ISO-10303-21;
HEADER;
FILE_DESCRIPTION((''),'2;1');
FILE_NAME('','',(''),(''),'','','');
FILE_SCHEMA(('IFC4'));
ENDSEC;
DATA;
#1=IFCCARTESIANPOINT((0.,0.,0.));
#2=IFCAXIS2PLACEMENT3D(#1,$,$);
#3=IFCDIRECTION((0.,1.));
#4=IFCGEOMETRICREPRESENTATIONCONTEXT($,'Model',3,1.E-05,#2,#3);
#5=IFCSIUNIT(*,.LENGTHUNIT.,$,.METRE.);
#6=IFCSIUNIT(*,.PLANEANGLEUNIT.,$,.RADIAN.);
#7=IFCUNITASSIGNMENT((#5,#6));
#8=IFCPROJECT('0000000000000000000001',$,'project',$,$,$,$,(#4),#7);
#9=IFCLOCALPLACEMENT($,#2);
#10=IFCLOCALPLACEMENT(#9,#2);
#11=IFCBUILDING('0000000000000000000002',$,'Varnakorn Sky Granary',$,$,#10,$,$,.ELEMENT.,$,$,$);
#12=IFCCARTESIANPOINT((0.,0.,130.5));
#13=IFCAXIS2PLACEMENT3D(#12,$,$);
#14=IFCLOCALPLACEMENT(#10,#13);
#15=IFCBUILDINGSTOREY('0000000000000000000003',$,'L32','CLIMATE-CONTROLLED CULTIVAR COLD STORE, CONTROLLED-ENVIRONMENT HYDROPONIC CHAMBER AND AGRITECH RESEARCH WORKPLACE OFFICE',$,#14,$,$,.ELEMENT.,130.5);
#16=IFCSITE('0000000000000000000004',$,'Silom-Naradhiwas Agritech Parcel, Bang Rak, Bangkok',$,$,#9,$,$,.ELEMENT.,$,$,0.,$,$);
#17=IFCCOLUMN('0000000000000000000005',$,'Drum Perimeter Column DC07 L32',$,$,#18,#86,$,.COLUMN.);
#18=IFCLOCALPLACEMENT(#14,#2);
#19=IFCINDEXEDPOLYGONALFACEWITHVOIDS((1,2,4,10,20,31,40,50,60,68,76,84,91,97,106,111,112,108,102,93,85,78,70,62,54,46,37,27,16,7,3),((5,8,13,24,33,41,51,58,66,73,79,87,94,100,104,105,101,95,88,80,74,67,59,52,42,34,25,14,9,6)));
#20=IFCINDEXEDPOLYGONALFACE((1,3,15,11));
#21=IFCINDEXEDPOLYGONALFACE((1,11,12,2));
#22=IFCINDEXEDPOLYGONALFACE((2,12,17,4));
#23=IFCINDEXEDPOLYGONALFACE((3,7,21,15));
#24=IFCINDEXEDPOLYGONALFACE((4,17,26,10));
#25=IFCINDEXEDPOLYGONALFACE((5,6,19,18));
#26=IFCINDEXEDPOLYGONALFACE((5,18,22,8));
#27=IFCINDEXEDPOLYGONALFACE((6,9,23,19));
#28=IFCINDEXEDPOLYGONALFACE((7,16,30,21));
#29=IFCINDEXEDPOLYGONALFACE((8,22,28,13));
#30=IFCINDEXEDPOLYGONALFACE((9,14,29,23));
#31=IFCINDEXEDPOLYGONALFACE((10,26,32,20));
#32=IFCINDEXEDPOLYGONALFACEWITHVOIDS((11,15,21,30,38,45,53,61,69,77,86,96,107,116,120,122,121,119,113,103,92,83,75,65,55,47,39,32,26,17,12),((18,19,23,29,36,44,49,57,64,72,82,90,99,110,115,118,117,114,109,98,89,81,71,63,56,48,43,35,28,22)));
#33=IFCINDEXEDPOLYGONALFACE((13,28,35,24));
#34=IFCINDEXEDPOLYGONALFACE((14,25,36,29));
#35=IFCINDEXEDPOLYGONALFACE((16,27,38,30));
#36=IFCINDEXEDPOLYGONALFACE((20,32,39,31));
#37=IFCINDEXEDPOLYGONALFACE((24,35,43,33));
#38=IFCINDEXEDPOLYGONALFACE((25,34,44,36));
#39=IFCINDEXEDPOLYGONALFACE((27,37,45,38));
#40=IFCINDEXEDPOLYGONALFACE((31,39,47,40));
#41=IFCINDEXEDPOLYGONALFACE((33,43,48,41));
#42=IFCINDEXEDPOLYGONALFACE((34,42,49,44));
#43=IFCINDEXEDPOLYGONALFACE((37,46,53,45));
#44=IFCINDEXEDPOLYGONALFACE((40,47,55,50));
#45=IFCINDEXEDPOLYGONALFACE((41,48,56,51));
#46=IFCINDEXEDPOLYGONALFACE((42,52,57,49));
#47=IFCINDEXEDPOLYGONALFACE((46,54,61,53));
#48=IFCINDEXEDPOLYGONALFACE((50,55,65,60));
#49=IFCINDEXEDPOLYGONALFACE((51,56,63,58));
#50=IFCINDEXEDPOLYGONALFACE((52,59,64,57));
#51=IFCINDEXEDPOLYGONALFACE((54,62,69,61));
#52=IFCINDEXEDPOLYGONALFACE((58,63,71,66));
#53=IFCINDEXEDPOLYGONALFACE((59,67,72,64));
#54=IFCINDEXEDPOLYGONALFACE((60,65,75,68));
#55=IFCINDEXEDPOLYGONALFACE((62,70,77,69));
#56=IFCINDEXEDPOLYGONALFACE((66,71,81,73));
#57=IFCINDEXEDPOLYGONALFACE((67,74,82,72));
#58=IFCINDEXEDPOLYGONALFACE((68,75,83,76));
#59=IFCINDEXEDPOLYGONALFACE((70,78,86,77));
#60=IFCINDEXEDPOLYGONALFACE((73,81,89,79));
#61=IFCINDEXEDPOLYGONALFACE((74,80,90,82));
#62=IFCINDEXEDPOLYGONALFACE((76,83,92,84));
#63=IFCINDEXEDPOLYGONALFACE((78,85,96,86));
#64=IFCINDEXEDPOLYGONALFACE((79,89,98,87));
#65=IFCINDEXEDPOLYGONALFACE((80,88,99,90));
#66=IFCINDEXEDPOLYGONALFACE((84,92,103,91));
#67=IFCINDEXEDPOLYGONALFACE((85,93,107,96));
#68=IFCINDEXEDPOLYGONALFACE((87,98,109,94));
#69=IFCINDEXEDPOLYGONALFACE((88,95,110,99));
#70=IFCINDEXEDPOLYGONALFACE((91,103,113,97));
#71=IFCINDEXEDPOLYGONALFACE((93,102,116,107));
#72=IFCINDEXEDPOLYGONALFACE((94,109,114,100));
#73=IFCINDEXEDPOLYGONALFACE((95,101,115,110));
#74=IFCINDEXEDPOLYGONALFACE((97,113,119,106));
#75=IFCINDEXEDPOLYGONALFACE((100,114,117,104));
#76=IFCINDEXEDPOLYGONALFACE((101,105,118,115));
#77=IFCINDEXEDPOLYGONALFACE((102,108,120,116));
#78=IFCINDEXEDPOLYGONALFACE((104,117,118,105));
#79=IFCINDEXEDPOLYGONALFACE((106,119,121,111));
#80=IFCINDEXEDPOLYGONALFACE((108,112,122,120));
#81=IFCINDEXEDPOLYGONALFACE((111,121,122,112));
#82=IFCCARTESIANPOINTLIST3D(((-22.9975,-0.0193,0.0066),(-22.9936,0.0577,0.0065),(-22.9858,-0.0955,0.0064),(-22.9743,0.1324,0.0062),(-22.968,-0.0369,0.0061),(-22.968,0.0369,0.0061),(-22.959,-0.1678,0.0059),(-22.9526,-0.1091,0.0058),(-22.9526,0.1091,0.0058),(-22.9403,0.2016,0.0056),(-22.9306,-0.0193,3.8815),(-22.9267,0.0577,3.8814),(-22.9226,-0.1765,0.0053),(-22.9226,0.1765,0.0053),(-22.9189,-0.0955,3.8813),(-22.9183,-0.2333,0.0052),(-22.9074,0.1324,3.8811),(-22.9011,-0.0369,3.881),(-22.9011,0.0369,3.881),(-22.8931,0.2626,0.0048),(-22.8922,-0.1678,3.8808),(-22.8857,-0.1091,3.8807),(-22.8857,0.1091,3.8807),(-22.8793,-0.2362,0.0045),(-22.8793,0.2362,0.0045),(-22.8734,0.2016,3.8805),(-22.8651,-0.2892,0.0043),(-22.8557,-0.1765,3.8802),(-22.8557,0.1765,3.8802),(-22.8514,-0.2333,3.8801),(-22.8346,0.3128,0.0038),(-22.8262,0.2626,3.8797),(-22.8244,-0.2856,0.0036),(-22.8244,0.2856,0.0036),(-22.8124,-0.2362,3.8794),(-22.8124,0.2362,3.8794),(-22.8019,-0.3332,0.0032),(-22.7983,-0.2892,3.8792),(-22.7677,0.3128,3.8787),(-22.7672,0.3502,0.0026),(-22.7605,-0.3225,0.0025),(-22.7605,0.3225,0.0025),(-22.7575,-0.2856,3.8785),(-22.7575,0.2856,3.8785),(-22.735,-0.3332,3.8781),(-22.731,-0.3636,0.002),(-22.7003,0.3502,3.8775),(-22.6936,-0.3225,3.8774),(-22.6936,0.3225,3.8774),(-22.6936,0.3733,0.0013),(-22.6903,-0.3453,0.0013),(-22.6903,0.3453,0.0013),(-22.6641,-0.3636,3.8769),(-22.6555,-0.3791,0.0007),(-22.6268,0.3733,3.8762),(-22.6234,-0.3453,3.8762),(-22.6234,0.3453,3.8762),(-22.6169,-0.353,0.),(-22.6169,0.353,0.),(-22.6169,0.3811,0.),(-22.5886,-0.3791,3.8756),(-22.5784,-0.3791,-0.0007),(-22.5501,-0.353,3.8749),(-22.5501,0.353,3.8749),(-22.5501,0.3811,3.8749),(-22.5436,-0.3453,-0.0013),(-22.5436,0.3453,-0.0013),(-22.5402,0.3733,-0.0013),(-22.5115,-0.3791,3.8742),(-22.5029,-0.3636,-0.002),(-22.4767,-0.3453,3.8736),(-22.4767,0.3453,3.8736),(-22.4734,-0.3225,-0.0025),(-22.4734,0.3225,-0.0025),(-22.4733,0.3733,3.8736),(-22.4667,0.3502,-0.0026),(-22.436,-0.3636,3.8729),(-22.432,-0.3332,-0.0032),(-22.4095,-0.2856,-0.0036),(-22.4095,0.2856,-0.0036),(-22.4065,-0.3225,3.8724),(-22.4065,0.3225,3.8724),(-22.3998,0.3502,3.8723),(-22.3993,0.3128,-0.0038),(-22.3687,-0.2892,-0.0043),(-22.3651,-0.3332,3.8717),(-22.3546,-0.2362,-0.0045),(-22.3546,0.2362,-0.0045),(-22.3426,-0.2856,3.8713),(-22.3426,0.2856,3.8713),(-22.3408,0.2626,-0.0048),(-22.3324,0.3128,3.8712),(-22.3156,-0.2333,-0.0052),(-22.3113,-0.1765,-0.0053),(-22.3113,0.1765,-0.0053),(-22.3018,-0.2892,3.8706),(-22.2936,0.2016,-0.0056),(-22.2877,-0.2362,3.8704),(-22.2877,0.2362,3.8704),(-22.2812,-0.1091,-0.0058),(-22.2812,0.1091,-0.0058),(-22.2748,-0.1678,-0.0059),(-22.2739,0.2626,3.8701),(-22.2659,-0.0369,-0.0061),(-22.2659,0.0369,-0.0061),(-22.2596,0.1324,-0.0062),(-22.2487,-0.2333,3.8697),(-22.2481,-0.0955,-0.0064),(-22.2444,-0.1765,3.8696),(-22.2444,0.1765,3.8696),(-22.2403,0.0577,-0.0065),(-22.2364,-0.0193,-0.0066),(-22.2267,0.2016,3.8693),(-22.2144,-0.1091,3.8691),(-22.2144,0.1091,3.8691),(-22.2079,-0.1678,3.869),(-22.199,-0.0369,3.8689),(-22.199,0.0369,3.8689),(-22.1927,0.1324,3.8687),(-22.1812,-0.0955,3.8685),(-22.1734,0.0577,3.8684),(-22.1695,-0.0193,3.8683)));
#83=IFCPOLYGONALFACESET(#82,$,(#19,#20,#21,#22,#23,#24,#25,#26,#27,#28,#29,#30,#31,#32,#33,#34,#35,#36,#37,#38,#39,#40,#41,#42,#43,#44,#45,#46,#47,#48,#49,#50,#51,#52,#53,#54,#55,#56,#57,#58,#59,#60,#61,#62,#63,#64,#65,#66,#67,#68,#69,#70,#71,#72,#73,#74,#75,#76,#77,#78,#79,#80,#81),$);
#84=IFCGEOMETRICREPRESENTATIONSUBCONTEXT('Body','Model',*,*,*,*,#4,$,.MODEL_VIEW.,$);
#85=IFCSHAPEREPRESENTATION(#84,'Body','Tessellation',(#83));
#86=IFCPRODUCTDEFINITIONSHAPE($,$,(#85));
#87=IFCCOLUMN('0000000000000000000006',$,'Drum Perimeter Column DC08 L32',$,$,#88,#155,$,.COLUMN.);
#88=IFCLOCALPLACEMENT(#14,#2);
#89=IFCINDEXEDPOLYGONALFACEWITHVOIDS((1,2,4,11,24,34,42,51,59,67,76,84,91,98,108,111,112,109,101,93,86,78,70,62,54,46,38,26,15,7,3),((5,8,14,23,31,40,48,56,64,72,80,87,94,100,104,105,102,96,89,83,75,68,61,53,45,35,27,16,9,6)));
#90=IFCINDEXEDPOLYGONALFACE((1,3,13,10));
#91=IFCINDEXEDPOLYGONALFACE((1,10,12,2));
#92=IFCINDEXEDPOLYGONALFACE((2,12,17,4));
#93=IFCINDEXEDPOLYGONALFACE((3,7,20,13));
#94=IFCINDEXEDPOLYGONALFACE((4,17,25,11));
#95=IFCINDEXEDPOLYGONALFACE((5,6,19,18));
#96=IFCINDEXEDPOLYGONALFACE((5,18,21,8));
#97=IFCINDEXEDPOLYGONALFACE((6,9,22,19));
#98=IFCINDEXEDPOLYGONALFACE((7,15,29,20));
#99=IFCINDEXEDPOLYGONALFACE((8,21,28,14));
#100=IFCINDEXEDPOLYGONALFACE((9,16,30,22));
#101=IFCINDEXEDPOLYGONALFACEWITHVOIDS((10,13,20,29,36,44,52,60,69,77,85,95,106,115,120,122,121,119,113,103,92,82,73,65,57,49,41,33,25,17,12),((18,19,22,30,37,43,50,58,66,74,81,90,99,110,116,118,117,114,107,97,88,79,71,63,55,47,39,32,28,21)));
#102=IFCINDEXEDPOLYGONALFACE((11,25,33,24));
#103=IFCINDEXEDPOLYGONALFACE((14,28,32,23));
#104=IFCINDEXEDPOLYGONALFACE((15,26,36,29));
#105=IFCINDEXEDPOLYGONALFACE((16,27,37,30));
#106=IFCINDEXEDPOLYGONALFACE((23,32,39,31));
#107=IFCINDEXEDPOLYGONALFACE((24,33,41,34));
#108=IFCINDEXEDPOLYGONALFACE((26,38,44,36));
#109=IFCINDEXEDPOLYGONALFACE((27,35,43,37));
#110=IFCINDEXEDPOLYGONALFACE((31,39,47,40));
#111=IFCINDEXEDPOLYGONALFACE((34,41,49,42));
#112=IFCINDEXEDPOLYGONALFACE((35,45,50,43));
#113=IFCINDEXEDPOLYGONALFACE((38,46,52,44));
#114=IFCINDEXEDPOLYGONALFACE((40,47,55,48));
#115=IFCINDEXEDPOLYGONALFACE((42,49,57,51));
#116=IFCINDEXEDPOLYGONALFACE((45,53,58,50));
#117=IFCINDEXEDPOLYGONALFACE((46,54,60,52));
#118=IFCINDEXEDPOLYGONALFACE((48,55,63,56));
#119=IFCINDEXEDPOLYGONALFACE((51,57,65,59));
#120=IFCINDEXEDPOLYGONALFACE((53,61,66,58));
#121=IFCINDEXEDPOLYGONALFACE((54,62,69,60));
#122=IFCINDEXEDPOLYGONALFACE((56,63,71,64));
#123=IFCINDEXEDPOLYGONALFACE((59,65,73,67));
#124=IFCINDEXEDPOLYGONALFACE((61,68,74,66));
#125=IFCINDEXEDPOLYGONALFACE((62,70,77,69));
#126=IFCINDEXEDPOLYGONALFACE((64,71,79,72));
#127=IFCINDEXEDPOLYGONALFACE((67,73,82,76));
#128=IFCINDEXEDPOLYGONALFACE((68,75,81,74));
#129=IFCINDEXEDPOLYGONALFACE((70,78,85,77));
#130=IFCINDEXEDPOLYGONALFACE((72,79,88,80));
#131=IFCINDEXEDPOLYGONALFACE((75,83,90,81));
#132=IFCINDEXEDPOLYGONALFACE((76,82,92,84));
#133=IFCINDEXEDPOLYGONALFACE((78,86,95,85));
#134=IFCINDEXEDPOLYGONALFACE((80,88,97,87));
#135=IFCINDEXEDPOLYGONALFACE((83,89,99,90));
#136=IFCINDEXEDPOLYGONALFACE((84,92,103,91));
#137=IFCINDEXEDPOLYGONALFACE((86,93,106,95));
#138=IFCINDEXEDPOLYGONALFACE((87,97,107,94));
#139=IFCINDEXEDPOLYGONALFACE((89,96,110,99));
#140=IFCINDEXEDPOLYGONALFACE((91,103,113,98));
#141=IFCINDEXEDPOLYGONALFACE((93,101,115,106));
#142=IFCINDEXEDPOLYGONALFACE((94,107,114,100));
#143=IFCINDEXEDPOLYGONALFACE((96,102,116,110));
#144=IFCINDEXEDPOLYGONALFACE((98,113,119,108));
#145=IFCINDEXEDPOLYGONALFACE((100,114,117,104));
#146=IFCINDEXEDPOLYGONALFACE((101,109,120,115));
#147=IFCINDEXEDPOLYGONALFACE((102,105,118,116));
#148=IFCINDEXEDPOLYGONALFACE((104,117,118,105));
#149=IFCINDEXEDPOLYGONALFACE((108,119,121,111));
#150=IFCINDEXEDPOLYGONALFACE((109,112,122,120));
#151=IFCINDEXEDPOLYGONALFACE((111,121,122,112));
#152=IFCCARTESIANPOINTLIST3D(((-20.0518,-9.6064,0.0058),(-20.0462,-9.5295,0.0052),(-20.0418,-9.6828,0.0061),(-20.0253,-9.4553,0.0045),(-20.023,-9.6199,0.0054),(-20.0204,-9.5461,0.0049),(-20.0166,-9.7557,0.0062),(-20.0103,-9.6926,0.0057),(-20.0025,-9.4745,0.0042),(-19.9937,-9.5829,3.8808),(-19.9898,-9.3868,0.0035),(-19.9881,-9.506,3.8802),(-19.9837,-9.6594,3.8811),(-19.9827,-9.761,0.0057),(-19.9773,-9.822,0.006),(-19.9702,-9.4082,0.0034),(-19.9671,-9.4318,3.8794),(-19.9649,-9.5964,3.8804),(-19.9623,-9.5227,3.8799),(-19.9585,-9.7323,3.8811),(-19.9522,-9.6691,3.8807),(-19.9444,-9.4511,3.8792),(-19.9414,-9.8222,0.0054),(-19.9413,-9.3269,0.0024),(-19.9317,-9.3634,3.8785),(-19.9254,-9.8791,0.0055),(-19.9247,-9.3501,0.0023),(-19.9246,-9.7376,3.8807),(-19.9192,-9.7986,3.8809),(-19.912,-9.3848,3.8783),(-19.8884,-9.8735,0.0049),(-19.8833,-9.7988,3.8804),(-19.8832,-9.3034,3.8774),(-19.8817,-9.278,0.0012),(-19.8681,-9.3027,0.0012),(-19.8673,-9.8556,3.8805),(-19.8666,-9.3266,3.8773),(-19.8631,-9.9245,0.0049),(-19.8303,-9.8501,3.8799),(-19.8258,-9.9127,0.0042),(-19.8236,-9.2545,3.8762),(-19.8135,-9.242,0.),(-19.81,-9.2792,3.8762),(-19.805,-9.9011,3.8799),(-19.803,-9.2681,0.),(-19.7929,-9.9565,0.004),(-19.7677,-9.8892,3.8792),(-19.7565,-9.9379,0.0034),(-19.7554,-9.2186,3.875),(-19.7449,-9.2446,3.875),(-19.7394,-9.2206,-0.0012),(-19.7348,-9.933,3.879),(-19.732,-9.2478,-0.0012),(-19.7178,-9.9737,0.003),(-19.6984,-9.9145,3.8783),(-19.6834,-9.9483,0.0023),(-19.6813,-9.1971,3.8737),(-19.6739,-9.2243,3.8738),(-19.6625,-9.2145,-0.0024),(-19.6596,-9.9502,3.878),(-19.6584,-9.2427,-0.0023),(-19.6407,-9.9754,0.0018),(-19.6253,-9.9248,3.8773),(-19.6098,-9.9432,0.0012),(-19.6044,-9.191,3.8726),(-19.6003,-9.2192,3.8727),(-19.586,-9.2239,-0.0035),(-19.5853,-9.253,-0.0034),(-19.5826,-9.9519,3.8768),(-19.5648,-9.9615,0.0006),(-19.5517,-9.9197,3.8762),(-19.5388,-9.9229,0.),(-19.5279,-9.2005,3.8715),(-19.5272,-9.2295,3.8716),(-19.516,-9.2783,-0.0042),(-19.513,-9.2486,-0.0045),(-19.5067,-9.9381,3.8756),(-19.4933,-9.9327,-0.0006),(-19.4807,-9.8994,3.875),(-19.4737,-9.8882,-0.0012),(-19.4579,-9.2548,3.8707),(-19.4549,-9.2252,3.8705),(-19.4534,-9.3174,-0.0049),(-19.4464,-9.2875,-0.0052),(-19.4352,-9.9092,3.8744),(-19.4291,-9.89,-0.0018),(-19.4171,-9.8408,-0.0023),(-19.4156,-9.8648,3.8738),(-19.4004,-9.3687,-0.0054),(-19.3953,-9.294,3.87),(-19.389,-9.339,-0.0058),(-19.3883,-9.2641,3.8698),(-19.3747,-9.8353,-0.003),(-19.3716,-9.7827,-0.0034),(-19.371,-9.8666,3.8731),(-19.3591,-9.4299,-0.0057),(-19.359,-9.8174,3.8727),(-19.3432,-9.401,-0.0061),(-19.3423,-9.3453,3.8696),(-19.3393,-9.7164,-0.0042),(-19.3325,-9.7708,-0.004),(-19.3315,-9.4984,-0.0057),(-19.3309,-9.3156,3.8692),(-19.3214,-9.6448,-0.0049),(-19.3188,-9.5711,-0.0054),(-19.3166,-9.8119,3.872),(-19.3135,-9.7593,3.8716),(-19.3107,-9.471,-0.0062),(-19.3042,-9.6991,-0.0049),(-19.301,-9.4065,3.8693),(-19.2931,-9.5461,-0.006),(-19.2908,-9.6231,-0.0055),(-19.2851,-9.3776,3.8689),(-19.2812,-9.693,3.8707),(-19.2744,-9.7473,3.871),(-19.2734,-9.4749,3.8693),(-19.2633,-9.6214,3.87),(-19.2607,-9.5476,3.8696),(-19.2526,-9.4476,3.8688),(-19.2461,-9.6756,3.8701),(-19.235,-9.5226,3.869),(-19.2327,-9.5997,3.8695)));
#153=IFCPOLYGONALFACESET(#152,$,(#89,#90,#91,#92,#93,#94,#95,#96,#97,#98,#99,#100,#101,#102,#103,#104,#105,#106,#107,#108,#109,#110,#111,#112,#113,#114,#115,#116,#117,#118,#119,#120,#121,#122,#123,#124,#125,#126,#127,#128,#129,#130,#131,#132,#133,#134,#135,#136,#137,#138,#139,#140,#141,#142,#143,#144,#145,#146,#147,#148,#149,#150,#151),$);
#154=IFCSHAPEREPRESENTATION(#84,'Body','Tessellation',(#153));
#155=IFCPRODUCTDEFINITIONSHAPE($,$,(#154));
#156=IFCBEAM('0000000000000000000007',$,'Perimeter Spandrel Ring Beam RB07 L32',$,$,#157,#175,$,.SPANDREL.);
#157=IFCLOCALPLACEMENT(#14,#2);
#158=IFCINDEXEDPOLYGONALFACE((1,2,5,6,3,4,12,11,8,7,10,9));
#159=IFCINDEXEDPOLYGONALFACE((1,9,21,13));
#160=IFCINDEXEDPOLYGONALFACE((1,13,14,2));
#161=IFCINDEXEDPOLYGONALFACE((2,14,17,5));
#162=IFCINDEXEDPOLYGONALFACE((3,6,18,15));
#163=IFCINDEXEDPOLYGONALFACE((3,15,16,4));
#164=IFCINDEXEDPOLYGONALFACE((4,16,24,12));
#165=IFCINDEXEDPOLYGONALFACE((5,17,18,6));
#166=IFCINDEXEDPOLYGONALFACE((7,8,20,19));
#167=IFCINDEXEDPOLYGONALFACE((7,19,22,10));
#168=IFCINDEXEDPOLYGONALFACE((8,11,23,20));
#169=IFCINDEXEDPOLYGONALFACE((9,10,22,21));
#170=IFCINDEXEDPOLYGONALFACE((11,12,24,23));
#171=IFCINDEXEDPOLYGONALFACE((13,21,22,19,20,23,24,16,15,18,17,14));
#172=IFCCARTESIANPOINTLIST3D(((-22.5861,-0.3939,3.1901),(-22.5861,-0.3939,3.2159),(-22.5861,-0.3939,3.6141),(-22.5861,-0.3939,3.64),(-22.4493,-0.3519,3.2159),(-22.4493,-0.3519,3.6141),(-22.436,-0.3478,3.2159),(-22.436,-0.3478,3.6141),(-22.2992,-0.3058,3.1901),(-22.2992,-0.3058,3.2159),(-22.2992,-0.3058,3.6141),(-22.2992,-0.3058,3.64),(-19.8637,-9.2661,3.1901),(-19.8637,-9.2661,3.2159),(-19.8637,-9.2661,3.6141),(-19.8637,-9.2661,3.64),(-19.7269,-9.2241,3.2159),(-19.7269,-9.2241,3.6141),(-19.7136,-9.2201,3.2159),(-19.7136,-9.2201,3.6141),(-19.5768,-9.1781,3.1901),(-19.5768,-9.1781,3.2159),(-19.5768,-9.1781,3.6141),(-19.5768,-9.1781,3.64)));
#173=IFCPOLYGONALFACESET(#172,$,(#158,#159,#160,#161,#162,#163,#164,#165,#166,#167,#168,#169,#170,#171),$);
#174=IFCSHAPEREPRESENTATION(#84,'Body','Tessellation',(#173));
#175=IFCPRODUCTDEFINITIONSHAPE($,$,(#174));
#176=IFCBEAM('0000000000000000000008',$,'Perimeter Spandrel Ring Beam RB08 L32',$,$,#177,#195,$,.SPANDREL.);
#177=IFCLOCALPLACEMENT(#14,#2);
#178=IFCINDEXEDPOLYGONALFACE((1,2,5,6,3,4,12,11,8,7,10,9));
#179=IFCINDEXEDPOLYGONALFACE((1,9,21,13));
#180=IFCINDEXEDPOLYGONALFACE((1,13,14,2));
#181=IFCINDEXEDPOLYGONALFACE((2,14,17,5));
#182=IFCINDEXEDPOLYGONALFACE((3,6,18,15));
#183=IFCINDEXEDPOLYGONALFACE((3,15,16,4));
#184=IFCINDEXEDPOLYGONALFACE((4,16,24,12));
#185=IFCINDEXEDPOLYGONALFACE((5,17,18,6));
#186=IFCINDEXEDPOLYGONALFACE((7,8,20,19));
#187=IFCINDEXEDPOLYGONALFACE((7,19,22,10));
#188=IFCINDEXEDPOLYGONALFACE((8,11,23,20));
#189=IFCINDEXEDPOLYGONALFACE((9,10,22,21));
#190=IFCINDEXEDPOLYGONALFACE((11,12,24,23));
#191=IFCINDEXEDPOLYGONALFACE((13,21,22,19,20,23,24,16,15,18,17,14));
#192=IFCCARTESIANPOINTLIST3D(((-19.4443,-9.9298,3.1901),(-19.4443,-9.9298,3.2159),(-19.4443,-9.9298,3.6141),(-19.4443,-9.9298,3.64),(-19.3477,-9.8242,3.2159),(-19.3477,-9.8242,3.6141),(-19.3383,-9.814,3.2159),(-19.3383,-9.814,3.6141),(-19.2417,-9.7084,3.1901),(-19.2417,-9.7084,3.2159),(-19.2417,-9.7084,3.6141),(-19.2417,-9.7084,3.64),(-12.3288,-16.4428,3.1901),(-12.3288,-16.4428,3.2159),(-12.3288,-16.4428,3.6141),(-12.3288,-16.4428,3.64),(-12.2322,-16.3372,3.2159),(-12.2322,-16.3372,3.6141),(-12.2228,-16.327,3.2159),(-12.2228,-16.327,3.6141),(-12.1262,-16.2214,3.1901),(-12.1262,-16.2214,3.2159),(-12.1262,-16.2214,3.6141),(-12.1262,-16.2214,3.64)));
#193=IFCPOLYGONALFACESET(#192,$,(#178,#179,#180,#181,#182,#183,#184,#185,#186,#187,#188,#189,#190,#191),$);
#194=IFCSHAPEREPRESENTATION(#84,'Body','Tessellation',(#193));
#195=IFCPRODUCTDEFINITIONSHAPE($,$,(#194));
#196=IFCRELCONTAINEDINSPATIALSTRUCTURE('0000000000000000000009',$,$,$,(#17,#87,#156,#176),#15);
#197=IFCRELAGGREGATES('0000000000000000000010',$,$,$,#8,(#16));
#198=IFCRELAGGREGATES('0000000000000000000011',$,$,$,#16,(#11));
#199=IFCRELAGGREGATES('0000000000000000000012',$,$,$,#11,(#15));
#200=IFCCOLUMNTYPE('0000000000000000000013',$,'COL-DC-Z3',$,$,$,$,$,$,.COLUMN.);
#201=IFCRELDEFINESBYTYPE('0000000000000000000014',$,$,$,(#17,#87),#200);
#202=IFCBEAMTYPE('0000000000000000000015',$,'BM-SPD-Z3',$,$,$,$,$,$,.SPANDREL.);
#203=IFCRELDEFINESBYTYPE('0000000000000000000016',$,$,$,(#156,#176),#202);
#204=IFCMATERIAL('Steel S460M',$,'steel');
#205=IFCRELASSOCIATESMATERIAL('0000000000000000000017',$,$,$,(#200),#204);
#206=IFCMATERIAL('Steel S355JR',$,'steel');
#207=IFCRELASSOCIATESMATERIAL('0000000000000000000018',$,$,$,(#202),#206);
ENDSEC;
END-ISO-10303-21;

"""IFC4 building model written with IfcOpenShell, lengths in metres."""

from ifc_helpers import new_model, si_unit, direction, frame, origin, origin_2d, place, context, subcontext, project, spatial, hollow_circle, i_section, extrude, material, material_profile, profile_set, type_object, element, save


model = new_model("IFC4")

# Units and contexts
model_context = context("Model", 3, precision=1e-05, world=origin(), true_north=direction((0.0, 1.0)))
body_context = subcontext(model_context, "Body", "Model", "MODEL_VIEW")
ifc_project = project(units=[si_unit("LENGTHUNIT", "METRE"), si_unit("PLANEANGLEUNIT", "RADIAN")], contexts=[model_context])

# Site, building, storey
site_placement = place(None, origin())
site = spatial("IfcSite", under=ifc_project, at=site_placement, Name="Silom-Naradhiwas Agritech Parcel, Bang Rak, Bangkok", CompositionType="ELEMENT", RefElevation=0.0)
building_placement = place(site_placement, origin())
building = spatial("IfcBuilding", under=site, at=building_placement, Name="Varnakorn Sky Granary", CompositionType="ELEMENT")
storey_placement = place(building_placement, frame((0.0, 0.0, 130.5)))
storey = spatial("IfcBuildingStorey", under=building, at=storey_placement, Name="L32", Description="CLIMATE-CONTROLLED CULTIVAR COLD STORE, CONTROLLED-ENVIRONMENT HYDROPONIC CHAMBER AND AGRITECH RESEARCH WORKPLACE OFFICE", CompositionType="ELEMENT", Elevation=130.5)

# Columns
ifc_material_1 = material(Name="Steel S460M", Category="steel")
ifc_material_profile_1 = material_profile(ifc_material_1, hollow_circle(Radius=0.3811, WallThickness=0.0281, at=origin_2d()), Name="CHS 762x28")
ifc_profile_set_1 = profile_set([ifc_material_profile_1], Name="Steel S460M")
column_type = type_object("IfcColumnType", Name="COL-DC-Z3", PredefinedType="COLUMN", material=ifc_profile_set_1)
for number, where, z_axis, x_axis, name in (
    (1, (-22.6169, 0.0, 0.0), (0.017261, 0.0, 0.999851), (0.0, 1.0, 0.0), "Drum Perimeter Column DC07 L32"),
    (2, (-19.6709, -9.5955, 0.0), (0.014993, 0.006048, 0.999869), (-0.374076, 0.927398, 0.0), "Drum Perimeter Column DC08 L32"),
):
    element("IfcColumn", number, at=place(storey_placement, frame(where, z_axis=z_axis, x_axis=x_axis)), inside=storey, type_object=column_type, Name=name, PredefinedType="COLUMN", context=body_context, shape_type="SweptSolid", body=[
        extrude(hollow_circle(Radius=0.3811, WallThickness=0.0281, at=origin_2d()), origin(), (0.0, 0.0, 1.0), 3.8755),
    ])

# Beams
ifc_material_2 = material(Name="Steel S355JR", Category="steel")
ifc_material_profile_2 = material_profile(ifc_material_2, i_section(OverallWidth=0.3, OverallDepth=0.45, WebThickness=0.0139, FlangeThickness=0.0259, at=origin_2d()), Name="HE 450 B")
ifc_profile_set_2 = profile_set([ifc_material_profile_2], Name="Steel S355JR")
beam_type = type_object("IfcBeamType", Name="BM-SPD-Z3", PredefinedType="SPANDREL", material=ifc_profile_set_2)
beam_1_placement = place(storey_placement, frame((-22.4426, -0.3499, 3.415), z_axis=(0.293344, -0.956007, 0.0), x_axis=(0.956007, 0.293344, 0.0)))
element("IfcBeam", 3, at=beam_1_placement, inside=storey, type_object=beam_type, Name="Perimeter Spandrel Ring Beam RB07 L32", PredefinedType="SPANDREL", context=body_context, shape_type="SweptSolid", body=[
    extrude(i_section(OverallWidth=0.3, OverallDepth=0.45, WebThickness=0.0139, FlangeThickness=0.0259, at=origin_2d()), origin(), (0.0, 0.0, 1.0), 9.2805),
])
beam_2_placement = place(storey_placement, frame((-19.343, -9.8191, 3.415), z_axis=(0.737649, -0.675185, 0.0), x_axis=(0.675185, 0.737649, 0.0)))
element("IfcBeam", 4, at=beam_2_placement, inside=storey, type_object=beam_type, Name="Perimeter Spandrel Ring Beam RB08 L32", PredefinedType="SPANDREL", context=body_context, shape_type="SweptSolid", body=[
    extrude(i_section(OverallWidth=0.3, OverallDepth=0.45, WebThickness=0.0139, FlangeThickness=0.0259, at=origin_2d()), origin(), (0.0, 0.0, 1.0), 9.6462),
])

save(model, "model.ifc")
